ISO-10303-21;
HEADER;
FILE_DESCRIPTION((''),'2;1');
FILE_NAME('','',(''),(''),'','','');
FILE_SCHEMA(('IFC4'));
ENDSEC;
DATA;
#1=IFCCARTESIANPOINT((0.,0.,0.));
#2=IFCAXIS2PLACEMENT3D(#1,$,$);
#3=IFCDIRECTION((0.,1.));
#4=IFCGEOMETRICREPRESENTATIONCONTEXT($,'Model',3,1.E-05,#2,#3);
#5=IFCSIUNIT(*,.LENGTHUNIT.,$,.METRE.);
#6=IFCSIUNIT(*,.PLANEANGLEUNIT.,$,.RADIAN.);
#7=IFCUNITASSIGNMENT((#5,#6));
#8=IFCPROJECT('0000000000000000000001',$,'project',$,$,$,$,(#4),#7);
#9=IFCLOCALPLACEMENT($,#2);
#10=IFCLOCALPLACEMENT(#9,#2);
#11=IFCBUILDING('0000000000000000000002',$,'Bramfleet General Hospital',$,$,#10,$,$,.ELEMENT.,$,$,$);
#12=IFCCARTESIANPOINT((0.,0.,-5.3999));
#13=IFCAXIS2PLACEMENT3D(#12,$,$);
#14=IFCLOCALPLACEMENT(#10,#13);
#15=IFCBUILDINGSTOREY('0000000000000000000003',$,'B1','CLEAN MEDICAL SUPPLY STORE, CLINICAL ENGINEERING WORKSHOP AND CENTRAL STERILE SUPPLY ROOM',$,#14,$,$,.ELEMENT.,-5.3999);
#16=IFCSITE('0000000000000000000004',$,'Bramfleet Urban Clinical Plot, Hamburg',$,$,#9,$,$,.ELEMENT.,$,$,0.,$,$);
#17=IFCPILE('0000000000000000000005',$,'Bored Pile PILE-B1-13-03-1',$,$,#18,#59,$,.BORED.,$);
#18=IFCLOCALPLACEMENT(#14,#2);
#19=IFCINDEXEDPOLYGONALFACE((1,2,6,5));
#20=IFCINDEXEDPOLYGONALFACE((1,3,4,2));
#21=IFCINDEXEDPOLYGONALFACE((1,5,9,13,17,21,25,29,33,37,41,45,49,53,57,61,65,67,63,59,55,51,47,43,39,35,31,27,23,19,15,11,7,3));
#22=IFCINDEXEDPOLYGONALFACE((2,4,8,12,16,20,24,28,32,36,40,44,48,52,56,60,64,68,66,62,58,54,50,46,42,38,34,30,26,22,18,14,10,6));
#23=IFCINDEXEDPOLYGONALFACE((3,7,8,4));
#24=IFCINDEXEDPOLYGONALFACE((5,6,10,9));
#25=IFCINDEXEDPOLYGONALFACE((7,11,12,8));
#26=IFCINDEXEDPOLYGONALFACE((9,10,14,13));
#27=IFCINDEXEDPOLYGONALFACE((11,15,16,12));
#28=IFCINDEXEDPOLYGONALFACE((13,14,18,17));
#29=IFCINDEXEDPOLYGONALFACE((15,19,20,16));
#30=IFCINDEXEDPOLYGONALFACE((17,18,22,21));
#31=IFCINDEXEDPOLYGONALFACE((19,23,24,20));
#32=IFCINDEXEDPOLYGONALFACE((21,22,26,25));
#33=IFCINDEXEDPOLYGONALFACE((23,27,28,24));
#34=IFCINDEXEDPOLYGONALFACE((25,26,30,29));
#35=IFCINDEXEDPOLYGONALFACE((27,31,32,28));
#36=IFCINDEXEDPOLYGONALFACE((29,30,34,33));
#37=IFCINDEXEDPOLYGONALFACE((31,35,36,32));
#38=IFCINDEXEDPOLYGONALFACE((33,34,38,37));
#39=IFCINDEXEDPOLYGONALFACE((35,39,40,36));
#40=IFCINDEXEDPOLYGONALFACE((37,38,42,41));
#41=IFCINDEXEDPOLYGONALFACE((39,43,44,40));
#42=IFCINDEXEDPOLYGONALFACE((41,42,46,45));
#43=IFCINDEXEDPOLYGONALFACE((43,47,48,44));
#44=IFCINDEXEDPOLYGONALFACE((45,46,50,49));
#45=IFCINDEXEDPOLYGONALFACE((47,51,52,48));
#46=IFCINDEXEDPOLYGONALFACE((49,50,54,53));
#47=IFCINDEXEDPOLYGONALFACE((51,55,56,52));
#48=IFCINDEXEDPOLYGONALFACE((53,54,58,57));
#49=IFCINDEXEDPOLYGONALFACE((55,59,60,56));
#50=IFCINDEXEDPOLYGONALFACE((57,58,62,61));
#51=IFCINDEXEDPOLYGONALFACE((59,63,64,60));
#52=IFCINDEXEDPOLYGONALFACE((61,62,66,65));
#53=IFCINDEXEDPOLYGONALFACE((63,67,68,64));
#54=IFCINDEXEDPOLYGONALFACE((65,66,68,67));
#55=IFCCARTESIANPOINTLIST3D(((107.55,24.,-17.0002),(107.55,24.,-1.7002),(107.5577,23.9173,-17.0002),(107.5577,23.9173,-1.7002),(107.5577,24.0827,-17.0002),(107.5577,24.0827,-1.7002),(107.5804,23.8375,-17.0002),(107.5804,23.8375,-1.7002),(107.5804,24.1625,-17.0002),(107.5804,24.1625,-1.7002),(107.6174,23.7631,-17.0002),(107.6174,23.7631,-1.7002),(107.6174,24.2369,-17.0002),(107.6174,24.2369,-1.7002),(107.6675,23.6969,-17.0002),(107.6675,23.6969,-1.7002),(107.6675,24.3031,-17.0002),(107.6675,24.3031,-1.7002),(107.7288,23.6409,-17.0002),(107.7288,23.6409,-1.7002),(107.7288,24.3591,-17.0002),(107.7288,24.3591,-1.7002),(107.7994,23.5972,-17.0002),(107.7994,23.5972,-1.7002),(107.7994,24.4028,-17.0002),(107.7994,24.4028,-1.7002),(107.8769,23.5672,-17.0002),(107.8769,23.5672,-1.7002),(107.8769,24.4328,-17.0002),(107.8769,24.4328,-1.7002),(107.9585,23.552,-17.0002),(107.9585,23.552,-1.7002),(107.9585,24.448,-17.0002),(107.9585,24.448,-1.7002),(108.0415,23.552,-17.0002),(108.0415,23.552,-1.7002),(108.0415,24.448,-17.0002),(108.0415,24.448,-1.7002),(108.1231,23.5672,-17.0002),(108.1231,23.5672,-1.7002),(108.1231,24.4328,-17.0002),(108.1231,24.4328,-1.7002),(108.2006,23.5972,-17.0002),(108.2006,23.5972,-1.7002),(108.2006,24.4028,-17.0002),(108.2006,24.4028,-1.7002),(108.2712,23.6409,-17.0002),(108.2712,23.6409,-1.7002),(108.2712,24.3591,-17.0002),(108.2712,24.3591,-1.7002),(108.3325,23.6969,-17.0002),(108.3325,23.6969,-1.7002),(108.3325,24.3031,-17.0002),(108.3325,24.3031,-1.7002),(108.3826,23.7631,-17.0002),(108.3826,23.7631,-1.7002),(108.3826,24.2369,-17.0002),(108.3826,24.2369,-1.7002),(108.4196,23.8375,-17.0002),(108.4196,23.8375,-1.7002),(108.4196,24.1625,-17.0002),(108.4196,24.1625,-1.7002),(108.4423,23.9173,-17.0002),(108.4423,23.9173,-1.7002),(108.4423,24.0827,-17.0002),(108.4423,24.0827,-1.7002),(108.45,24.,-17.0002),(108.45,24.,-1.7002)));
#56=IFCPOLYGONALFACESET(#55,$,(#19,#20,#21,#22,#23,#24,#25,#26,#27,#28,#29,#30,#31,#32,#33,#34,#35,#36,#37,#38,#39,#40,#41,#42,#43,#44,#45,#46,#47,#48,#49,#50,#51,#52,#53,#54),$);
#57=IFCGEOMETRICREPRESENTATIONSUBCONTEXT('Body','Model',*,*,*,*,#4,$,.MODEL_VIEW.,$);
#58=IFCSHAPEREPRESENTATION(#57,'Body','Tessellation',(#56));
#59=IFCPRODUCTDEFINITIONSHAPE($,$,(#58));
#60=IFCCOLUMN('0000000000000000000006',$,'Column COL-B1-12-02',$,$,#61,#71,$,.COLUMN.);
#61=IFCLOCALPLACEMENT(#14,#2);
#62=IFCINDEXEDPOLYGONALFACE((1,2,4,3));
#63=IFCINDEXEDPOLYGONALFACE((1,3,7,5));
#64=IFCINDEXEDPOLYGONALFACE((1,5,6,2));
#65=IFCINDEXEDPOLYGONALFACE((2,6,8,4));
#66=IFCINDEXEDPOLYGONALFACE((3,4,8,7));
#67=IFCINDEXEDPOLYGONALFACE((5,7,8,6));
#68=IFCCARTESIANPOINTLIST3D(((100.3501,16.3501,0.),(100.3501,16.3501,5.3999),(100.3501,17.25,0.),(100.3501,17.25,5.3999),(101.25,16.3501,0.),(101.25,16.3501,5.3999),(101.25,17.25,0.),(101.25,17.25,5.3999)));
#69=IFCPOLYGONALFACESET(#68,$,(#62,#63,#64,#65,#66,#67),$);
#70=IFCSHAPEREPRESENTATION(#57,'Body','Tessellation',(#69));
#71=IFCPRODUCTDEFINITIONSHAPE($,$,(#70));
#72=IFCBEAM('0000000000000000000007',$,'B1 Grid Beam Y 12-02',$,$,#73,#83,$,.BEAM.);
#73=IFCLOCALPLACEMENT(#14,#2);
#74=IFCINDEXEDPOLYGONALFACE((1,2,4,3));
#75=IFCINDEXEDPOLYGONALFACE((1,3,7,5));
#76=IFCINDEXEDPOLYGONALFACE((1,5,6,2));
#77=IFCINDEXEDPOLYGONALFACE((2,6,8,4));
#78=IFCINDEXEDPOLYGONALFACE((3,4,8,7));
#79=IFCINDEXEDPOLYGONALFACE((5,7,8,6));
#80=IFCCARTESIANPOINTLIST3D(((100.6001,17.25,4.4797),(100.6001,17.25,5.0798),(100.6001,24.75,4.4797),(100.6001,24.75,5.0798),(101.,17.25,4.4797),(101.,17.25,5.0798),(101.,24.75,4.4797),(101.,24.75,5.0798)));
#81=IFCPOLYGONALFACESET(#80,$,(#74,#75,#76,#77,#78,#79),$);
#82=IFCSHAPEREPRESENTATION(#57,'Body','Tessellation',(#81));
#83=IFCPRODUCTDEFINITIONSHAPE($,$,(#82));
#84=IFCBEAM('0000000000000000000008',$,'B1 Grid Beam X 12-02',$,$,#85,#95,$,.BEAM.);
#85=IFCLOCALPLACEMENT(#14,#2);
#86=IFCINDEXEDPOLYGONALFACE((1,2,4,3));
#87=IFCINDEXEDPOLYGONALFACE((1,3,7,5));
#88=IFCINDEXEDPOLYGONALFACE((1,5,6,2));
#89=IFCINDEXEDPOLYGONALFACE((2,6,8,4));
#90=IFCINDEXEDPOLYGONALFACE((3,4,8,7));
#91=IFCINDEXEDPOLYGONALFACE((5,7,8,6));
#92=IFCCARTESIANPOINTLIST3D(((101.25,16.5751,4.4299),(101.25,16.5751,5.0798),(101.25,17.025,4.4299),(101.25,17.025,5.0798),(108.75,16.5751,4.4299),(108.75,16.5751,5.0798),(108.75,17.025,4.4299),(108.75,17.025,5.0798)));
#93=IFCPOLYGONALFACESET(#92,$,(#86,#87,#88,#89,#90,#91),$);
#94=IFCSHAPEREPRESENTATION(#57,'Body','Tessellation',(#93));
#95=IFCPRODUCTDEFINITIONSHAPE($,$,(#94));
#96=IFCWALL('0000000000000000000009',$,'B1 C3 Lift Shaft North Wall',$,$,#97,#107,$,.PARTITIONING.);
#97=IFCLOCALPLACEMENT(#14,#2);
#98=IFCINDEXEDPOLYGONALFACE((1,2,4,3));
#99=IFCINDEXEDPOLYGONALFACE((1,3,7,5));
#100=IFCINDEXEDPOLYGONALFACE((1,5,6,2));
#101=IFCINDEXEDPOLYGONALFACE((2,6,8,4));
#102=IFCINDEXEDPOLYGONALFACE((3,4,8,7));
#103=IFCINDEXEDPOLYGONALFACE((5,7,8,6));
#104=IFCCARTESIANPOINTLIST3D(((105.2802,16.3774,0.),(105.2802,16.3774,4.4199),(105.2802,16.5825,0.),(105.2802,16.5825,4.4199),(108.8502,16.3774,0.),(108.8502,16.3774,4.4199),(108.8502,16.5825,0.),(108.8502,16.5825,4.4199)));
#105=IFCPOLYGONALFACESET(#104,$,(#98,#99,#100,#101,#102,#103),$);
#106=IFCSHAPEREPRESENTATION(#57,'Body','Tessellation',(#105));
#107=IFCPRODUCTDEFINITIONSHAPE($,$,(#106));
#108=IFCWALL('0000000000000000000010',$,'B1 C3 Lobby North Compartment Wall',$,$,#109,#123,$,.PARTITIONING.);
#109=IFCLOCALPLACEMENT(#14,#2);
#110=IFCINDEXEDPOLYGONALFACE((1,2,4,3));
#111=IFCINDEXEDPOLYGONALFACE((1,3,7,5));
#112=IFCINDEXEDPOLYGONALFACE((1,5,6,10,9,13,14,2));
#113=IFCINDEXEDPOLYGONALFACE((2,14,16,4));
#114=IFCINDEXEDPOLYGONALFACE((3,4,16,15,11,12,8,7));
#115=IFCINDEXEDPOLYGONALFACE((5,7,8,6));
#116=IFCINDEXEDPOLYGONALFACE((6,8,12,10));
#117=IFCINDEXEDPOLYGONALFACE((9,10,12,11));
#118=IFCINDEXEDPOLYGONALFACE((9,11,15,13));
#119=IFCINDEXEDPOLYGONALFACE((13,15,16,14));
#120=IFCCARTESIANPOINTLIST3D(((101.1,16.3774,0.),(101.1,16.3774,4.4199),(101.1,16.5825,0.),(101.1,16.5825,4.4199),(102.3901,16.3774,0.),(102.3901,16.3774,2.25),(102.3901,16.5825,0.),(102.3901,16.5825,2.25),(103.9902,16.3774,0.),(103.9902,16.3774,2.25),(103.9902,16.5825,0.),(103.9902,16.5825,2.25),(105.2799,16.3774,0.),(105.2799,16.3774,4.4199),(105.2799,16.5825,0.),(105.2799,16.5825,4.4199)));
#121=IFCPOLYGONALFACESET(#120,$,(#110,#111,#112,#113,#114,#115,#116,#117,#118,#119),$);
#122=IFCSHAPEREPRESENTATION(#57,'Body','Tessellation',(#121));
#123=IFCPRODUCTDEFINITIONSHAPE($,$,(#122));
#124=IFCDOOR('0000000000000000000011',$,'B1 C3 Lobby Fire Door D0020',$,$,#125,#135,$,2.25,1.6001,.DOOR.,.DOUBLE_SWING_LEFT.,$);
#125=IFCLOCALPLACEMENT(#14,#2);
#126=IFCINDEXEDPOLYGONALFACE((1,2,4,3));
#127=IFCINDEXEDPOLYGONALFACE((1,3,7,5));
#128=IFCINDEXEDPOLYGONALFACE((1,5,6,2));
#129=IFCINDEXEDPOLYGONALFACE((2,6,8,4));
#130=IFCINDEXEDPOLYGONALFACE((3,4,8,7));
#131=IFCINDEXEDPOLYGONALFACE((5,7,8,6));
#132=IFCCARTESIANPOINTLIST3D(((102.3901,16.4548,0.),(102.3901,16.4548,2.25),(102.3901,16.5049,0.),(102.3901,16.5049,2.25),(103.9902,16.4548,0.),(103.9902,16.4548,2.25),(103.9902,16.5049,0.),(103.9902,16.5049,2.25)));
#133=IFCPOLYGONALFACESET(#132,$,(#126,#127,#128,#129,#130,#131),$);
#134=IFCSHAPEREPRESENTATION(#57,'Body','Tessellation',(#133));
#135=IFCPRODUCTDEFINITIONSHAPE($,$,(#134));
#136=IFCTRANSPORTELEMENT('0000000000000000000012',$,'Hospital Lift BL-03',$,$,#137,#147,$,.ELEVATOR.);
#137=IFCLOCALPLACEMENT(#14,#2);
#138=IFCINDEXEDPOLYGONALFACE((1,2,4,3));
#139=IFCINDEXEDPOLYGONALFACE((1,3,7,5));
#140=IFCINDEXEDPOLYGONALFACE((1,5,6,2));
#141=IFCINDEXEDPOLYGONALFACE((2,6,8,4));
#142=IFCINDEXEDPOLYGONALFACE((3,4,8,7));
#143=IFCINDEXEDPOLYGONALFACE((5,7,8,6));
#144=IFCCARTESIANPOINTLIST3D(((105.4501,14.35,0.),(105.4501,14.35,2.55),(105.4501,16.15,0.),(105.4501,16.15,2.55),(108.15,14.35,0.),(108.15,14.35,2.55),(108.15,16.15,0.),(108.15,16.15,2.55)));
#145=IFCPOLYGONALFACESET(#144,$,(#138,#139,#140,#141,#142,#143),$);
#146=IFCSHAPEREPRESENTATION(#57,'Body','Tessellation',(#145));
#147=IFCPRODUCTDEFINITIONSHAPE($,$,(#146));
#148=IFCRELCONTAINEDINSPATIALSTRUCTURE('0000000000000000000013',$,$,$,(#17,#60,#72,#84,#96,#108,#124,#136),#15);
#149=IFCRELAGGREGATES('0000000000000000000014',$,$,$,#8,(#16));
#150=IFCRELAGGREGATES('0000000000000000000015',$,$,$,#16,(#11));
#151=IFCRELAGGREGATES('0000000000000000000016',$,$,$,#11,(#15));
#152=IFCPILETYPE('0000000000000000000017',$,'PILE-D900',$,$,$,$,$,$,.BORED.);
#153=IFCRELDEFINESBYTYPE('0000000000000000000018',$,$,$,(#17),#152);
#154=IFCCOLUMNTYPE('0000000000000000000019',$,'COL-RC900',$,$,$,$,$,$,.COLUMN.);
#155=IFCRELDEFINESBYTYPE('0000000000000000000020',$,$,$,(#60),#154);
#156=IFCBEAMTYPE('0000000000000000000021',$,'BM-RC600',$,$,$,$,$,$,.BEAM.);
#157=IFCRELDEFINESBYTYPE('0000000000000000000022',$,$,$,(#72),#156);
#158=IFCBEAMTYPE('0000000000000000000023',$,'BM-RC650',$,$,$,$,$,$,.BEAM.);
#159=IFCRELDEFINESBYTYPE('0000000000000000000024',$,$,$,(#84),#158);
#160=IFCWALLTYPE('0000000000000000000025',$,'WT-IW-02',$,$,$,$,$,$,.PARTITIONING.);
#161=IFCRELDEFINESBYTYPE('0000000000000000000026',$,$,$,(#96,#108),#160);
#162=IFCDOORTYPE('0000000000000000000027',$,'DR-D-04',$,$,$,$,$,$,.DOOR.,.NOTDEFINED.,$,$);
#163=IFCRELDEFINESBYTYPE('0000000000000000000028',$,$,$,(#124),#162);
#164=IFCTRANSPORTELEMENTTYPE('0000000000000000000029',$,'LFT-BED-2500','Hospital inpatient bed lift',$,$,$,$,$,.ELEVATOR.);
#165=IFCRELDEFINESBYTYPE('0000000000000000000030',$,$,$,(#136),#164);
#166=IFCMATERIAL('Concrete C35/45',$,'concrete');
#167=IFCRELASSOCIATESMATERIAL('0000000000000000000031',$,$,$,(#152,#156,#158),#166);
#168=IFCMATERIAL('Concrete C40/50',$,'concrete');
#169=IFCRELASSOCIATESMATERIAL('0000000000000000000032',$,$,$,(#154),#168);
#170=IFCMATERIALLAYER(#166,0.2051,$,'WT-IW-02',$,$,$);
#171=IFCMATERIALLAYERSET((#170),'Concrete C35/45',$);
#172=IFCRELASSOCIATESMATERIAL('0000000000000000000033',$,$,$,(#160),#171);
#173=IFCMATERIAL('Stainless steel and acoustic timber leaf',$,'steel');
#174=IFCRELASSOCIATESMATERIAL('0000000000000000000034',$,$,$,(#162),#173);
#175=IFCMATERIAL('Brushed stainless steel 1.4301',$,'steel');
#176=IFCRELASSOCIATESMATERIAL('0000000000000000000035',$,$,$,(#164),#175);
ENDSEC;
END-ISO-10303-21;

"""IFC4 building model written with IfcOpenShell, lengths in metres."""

from ifc_helpers import new_model, si_unit, direction, frame, frame_2d, origin, origin_2d, place, context, subcontext, project, spatial, rectangle, circle, extrude, material, layer, layer_set, material_profile, profile_set, type_object, element, fill, save


model = new_model("IFC4")

# Units and contexts
model_context = context("Model", 3, precision=1e-05, world=origin(), true_north=direction((0.0, 1.0)))
body_context = subcontext(model_context, "Body", "Model", "MODEL_VIEW")
ifc_project = project(units=[si_unit("LENGTHUNIT", "METRE"), si_unit("PLANEANGLEUNIT", "RADIAN")], contexts=[model_context])

# Site, building, storey
site_placement = place(None, origin())
site = spatial("IfcSite", under=ifc_project, at=site_placement, Name="Bramfleet Urban Clinical Plot, Hamburg", CompositionType="ELEMENT", RefElevation=0.0)
building_placement = place(site_placement, origin())
building = spatial("IfcBuilding", under=site, at=building_placement, Name="Bramfleet General Hospital", CompositionType="ELEMENT")
storey_placement = place(building_placement, frame((0.0, 0.0, -5.3999)))
storey = spatial("IfcBuildingStorey", under=building, at=storey_placement, Name="B1", Description="CLEAN MEDICAL SUPPLY STORE, CLINICAL ENGINEERING WORKSHOP AND CENTRAL STERILE SUPPLY ROOM", CompositionType="ELEMENT", Elevation=-5.3999)

# Shared definitions
ifc_material_1 = material(Name="Concrete C35/45", Category="concrete")

# Pile
ifc_material_profile_1 = material_profile(ifc_material_1, circle(Radius=0.45, at=origin_2d()), Name="PILE BORED D900")
ifc_profile_set_1 = profile_set([ifc_material_profile_1], Name="Concrete C35/45")
pile_type_1 = type_object("IfcPileType", Name="PILE-D900", PredefinedType="BORED", material=ifc_profile_set_1)
for number, where, z_axis, x_axis, name in (
    (1, (108.0, 24.0, -1.7002), (0.0, 0.0, -1.0), (1.0, 0.0, 0.0), "Bored Pile PILE-B1-13-03-1"),
):
    element("IfcPile", number, at=place(storey_placement, frame(where, z_axis=z_axis, x_axis=x_axis)), inside=storey, type_object=pile_type_1, Name=name, PredefinedType="BORED", context=body_context, shape_type="SweptSolid", body=[
        extrude(circle(Radius=0.45, at=origin_2d()), origin(), (0.0, 0.0, 1.0), 15.3),
    ])

# Column
ifc_material_2 = material(Name="Concrete C40/50", Category="concrete")
ifc_material_profile_2 = material_profile(ifc_material_2, rectangle(XDim=0.8999, YDim=0.8999, at=origin_2d()), Name="RC COL 900x900")
ifc_profile_set_2 = profile_set([ifc_material_profile_2], Name="Concrete C40/50")
column_type = type_object("IfcColumnType", Name="COL-RC900", PredefinedType="COLUMN", material=ifc_profile_set_2)
column_placement = place(storey_placement, frame((100.8, 16.8, 0.0), z_axis=(0.0, 0.0, 1.0), x_axis=(1.0, 0.0, 0.0)))
element("IfcColumn", 2, at=column_placement, inside=storey, type_object=column_type, Name="Column COL-B1-12-02", PredefinedType="COLUMN", context=body_context, shape_type="SweptSolid", body=[
    extrude(rectangle(XDim=0.8999, YDim=0.8999, at=origin_2d()), origin(), (0.0, 0.0, 1.0), 5.3999),
])

# Beams
ifc_material_profile_3 = material_profile(ifc_material_1, rectangle(XDim=0.3999, YDim=0.6001, at=origin_2d()), Name="RC BM 600x400")
ifc_profile_set_3 = profile_set([ifc_material_profile_3], Name="Concrete C35/45")
beam_type_1 = type_object("IfcBeamType", Name="BM-RC600", PredefinedType="BEAM", material=ifc_profile_set_3)
beam_1_placement = place(storey_placement, frame((100.8, 17.25, 4.7798), z_axis=(0.0, 1.0, 0.0), x_axis=(-1.0, 0.0, 0.0)))
element("IfcBeam", 3, at=beam_1_placement, inside=storey, type_object=beam_type_1, Name="B1 Grid Beam Y 12-02", PredefinedType="BEAM", context=body_context, shape_type="SweptSolid", body=[
    extrude(rectangle(XDim=0.3999, YDim=0.6001, at=origin_2d()), origin(), (0.0, 0.0, 1.0), 7.5),
])
ifc_material_profile_4 = material_profile(ifc_material_1, rectangle(XDim=0.45, YDim=0.6499, at=origin_2d()), Name="RC BM 650x450")
ifc_profile_set_4 = profile_set([ifc_material_profile_4], Name="Concrete C35/45")
beam_type_2 = type_object("IfcBeamType", Name="BM-RC650", PredefinedType="BEAM", material=ifc_profile_set_4)
beam_2_placement = place(storey_placement, frame((101.25, 16.8, 4.7549), z_axis=(1.0, 0.0, 0.0), x_axis=(0.0, 1.0, 0.0)))
element("IfcBeam", 4, at=beam_2_placement, inside=storey, type_object=beam_type_2, Name="B1 Grid Beam X 12-02", PredefinedType="BEAM", context=body_context, shape_type="SweptSolid", body=[
    extrude(rectangle(XDim=0.45, YDim=0.6499, at=origin_2d()), origin(), (0.0, 0.0, 1.0), 7.5),
])

# Wall
ifc_layer = layer(ifc_material_1, 0.2051, Name="WT-IW-02")
ifc_layer_set = layer_set([ifc_layer], Name="Concrete C35/45")
wall_type = type_object("IfcWallType", Name="WT-IW-02", PredefinedType="PARTITIONING", material=ifc_layer_set)
wall_1_placement = place(storey_placement, frame((105.28, 16.48, 0.0), z_axis=(0.0, 0.0, 1.0), x_axis=(1.0, 0.0, 0.0)))
element("IfcWall", 5, at=wall_1_placement, inside=storey, type_object=wall_type, Name="B1 C3 Lift Shaft North Wall", PredefinedType="PARTITIONING", context=body_context, shape_type="SweptSolid", body=[
    extrude(rectangle(XDim=3.5701, YDim=0.2051, at=frame_2d((1.7852, 0.0))), origin(), (0.0, 0.0, 1.0), 4.4199),
])

# Wall, opening, door
wall_2_placement = place(storey_placement, frame((101.1001, 16.48, 0.0), z_axis=(0.0, 0.0, 1.0), x_axis=(1.0, 0.0, 0.0)))
wall_2 = element("IfcWall", 6, at=wall_2_placement, inside=storey, type_object=wall_type, Name="B1 C3 Lobby North Compartment Wall", PredefinedType="PARTITIONING", context=body_context, shape_type="SweptSolid", body=[
    extrude(rectangle(XDim=4.1799, YDim=0.2051, at=frame_2d((2.0898, 0.0))), origin(), (0.0, 0.0, 1.0), 4.4199),
])
opening_placement = place(wall_2_placement, frame((1.29, 0.0, 0.0)))
opening = element("IfcOpeningElement", 7, at=opening_placement, cuts=wall_2, PredefinedType="OPENING", context=body_context, shape_type="SweptSolid", body=[
    extrude(rectangle(XDim=1.6001, YDim=2.25, at=frame_2d((0.8, 1.125))), frame((0.0, 0.1125, 0.0), z_axis=(0.0, -1.0, 0.0), x_axis=(1.0, 0.0, 0.0)), (0.0, 0.0, 1.0), 0.2251),
])
ifc_material_3 = material(Name="Stainless steel and acoustic timber leaf", Category="steel")
door_type = type_object("IfcDoorType", Name="DR-D-04", OperationType="NOTDEFINED", PredefinedType="DOOR", material=ifc_material_3)
door_placement = place(opening_placement, origin())
door = element("IfcDoor", 8, at=door_placement, inside=storey, type_object=door_type, Name="B1 C3 Lobby Fire Door D0020", OperationType="DOUBLE_SWING_LEFT", OverallHeight=2.25, OverallWidth=1.6001, PredefinedType="DOOR", context=body_context, shape_type="SweptSolid", body=[
    extrude(rectangle(XDim=1.6001, YDim=2.25, at=frame_2d((0.8, 1.125))), frame((0.0, 0.0249, 0.0), z_axis=(0.0, -1.0, 0.0), x_axis=(1.0, 0.0, 0.0)), (0.0, 0.0, 1.0), 0.05),
])
fill(opening, door)

# Transport element
ifc_material_4 = material(Name="Brushed stainless steel 1.4301", Category="steel")
transport_element_type = type_object("IfcTransportElementType", Name="LFT-BED-2500", Description="Hospital inpatient bed lift", PredefinedType="ELEVATOR", material=ifc_material_4)
transport_element_placement = place(storey_placement, frame((106.8, 15.25, 0.0), z_axis=(0.0, 0.0, 1.0), x_axis=(1.0, 0.0, 0.0)))
element("IfcTransportElement", 9, at=transport_element_placement, inside=storey, type_object=transport_element_type, Name="Hospital Lift BL-03", PredefinedType="ELEVATOR", context=body_context, shape_type="SweptSolid", body=[
    extrude(rectangle(XDim=2.7, YDim=1.8, at=origin_2d()), origin(), (0.0, 0.0, 1.0), 2.55),
])

save(model, "model.ifc")
